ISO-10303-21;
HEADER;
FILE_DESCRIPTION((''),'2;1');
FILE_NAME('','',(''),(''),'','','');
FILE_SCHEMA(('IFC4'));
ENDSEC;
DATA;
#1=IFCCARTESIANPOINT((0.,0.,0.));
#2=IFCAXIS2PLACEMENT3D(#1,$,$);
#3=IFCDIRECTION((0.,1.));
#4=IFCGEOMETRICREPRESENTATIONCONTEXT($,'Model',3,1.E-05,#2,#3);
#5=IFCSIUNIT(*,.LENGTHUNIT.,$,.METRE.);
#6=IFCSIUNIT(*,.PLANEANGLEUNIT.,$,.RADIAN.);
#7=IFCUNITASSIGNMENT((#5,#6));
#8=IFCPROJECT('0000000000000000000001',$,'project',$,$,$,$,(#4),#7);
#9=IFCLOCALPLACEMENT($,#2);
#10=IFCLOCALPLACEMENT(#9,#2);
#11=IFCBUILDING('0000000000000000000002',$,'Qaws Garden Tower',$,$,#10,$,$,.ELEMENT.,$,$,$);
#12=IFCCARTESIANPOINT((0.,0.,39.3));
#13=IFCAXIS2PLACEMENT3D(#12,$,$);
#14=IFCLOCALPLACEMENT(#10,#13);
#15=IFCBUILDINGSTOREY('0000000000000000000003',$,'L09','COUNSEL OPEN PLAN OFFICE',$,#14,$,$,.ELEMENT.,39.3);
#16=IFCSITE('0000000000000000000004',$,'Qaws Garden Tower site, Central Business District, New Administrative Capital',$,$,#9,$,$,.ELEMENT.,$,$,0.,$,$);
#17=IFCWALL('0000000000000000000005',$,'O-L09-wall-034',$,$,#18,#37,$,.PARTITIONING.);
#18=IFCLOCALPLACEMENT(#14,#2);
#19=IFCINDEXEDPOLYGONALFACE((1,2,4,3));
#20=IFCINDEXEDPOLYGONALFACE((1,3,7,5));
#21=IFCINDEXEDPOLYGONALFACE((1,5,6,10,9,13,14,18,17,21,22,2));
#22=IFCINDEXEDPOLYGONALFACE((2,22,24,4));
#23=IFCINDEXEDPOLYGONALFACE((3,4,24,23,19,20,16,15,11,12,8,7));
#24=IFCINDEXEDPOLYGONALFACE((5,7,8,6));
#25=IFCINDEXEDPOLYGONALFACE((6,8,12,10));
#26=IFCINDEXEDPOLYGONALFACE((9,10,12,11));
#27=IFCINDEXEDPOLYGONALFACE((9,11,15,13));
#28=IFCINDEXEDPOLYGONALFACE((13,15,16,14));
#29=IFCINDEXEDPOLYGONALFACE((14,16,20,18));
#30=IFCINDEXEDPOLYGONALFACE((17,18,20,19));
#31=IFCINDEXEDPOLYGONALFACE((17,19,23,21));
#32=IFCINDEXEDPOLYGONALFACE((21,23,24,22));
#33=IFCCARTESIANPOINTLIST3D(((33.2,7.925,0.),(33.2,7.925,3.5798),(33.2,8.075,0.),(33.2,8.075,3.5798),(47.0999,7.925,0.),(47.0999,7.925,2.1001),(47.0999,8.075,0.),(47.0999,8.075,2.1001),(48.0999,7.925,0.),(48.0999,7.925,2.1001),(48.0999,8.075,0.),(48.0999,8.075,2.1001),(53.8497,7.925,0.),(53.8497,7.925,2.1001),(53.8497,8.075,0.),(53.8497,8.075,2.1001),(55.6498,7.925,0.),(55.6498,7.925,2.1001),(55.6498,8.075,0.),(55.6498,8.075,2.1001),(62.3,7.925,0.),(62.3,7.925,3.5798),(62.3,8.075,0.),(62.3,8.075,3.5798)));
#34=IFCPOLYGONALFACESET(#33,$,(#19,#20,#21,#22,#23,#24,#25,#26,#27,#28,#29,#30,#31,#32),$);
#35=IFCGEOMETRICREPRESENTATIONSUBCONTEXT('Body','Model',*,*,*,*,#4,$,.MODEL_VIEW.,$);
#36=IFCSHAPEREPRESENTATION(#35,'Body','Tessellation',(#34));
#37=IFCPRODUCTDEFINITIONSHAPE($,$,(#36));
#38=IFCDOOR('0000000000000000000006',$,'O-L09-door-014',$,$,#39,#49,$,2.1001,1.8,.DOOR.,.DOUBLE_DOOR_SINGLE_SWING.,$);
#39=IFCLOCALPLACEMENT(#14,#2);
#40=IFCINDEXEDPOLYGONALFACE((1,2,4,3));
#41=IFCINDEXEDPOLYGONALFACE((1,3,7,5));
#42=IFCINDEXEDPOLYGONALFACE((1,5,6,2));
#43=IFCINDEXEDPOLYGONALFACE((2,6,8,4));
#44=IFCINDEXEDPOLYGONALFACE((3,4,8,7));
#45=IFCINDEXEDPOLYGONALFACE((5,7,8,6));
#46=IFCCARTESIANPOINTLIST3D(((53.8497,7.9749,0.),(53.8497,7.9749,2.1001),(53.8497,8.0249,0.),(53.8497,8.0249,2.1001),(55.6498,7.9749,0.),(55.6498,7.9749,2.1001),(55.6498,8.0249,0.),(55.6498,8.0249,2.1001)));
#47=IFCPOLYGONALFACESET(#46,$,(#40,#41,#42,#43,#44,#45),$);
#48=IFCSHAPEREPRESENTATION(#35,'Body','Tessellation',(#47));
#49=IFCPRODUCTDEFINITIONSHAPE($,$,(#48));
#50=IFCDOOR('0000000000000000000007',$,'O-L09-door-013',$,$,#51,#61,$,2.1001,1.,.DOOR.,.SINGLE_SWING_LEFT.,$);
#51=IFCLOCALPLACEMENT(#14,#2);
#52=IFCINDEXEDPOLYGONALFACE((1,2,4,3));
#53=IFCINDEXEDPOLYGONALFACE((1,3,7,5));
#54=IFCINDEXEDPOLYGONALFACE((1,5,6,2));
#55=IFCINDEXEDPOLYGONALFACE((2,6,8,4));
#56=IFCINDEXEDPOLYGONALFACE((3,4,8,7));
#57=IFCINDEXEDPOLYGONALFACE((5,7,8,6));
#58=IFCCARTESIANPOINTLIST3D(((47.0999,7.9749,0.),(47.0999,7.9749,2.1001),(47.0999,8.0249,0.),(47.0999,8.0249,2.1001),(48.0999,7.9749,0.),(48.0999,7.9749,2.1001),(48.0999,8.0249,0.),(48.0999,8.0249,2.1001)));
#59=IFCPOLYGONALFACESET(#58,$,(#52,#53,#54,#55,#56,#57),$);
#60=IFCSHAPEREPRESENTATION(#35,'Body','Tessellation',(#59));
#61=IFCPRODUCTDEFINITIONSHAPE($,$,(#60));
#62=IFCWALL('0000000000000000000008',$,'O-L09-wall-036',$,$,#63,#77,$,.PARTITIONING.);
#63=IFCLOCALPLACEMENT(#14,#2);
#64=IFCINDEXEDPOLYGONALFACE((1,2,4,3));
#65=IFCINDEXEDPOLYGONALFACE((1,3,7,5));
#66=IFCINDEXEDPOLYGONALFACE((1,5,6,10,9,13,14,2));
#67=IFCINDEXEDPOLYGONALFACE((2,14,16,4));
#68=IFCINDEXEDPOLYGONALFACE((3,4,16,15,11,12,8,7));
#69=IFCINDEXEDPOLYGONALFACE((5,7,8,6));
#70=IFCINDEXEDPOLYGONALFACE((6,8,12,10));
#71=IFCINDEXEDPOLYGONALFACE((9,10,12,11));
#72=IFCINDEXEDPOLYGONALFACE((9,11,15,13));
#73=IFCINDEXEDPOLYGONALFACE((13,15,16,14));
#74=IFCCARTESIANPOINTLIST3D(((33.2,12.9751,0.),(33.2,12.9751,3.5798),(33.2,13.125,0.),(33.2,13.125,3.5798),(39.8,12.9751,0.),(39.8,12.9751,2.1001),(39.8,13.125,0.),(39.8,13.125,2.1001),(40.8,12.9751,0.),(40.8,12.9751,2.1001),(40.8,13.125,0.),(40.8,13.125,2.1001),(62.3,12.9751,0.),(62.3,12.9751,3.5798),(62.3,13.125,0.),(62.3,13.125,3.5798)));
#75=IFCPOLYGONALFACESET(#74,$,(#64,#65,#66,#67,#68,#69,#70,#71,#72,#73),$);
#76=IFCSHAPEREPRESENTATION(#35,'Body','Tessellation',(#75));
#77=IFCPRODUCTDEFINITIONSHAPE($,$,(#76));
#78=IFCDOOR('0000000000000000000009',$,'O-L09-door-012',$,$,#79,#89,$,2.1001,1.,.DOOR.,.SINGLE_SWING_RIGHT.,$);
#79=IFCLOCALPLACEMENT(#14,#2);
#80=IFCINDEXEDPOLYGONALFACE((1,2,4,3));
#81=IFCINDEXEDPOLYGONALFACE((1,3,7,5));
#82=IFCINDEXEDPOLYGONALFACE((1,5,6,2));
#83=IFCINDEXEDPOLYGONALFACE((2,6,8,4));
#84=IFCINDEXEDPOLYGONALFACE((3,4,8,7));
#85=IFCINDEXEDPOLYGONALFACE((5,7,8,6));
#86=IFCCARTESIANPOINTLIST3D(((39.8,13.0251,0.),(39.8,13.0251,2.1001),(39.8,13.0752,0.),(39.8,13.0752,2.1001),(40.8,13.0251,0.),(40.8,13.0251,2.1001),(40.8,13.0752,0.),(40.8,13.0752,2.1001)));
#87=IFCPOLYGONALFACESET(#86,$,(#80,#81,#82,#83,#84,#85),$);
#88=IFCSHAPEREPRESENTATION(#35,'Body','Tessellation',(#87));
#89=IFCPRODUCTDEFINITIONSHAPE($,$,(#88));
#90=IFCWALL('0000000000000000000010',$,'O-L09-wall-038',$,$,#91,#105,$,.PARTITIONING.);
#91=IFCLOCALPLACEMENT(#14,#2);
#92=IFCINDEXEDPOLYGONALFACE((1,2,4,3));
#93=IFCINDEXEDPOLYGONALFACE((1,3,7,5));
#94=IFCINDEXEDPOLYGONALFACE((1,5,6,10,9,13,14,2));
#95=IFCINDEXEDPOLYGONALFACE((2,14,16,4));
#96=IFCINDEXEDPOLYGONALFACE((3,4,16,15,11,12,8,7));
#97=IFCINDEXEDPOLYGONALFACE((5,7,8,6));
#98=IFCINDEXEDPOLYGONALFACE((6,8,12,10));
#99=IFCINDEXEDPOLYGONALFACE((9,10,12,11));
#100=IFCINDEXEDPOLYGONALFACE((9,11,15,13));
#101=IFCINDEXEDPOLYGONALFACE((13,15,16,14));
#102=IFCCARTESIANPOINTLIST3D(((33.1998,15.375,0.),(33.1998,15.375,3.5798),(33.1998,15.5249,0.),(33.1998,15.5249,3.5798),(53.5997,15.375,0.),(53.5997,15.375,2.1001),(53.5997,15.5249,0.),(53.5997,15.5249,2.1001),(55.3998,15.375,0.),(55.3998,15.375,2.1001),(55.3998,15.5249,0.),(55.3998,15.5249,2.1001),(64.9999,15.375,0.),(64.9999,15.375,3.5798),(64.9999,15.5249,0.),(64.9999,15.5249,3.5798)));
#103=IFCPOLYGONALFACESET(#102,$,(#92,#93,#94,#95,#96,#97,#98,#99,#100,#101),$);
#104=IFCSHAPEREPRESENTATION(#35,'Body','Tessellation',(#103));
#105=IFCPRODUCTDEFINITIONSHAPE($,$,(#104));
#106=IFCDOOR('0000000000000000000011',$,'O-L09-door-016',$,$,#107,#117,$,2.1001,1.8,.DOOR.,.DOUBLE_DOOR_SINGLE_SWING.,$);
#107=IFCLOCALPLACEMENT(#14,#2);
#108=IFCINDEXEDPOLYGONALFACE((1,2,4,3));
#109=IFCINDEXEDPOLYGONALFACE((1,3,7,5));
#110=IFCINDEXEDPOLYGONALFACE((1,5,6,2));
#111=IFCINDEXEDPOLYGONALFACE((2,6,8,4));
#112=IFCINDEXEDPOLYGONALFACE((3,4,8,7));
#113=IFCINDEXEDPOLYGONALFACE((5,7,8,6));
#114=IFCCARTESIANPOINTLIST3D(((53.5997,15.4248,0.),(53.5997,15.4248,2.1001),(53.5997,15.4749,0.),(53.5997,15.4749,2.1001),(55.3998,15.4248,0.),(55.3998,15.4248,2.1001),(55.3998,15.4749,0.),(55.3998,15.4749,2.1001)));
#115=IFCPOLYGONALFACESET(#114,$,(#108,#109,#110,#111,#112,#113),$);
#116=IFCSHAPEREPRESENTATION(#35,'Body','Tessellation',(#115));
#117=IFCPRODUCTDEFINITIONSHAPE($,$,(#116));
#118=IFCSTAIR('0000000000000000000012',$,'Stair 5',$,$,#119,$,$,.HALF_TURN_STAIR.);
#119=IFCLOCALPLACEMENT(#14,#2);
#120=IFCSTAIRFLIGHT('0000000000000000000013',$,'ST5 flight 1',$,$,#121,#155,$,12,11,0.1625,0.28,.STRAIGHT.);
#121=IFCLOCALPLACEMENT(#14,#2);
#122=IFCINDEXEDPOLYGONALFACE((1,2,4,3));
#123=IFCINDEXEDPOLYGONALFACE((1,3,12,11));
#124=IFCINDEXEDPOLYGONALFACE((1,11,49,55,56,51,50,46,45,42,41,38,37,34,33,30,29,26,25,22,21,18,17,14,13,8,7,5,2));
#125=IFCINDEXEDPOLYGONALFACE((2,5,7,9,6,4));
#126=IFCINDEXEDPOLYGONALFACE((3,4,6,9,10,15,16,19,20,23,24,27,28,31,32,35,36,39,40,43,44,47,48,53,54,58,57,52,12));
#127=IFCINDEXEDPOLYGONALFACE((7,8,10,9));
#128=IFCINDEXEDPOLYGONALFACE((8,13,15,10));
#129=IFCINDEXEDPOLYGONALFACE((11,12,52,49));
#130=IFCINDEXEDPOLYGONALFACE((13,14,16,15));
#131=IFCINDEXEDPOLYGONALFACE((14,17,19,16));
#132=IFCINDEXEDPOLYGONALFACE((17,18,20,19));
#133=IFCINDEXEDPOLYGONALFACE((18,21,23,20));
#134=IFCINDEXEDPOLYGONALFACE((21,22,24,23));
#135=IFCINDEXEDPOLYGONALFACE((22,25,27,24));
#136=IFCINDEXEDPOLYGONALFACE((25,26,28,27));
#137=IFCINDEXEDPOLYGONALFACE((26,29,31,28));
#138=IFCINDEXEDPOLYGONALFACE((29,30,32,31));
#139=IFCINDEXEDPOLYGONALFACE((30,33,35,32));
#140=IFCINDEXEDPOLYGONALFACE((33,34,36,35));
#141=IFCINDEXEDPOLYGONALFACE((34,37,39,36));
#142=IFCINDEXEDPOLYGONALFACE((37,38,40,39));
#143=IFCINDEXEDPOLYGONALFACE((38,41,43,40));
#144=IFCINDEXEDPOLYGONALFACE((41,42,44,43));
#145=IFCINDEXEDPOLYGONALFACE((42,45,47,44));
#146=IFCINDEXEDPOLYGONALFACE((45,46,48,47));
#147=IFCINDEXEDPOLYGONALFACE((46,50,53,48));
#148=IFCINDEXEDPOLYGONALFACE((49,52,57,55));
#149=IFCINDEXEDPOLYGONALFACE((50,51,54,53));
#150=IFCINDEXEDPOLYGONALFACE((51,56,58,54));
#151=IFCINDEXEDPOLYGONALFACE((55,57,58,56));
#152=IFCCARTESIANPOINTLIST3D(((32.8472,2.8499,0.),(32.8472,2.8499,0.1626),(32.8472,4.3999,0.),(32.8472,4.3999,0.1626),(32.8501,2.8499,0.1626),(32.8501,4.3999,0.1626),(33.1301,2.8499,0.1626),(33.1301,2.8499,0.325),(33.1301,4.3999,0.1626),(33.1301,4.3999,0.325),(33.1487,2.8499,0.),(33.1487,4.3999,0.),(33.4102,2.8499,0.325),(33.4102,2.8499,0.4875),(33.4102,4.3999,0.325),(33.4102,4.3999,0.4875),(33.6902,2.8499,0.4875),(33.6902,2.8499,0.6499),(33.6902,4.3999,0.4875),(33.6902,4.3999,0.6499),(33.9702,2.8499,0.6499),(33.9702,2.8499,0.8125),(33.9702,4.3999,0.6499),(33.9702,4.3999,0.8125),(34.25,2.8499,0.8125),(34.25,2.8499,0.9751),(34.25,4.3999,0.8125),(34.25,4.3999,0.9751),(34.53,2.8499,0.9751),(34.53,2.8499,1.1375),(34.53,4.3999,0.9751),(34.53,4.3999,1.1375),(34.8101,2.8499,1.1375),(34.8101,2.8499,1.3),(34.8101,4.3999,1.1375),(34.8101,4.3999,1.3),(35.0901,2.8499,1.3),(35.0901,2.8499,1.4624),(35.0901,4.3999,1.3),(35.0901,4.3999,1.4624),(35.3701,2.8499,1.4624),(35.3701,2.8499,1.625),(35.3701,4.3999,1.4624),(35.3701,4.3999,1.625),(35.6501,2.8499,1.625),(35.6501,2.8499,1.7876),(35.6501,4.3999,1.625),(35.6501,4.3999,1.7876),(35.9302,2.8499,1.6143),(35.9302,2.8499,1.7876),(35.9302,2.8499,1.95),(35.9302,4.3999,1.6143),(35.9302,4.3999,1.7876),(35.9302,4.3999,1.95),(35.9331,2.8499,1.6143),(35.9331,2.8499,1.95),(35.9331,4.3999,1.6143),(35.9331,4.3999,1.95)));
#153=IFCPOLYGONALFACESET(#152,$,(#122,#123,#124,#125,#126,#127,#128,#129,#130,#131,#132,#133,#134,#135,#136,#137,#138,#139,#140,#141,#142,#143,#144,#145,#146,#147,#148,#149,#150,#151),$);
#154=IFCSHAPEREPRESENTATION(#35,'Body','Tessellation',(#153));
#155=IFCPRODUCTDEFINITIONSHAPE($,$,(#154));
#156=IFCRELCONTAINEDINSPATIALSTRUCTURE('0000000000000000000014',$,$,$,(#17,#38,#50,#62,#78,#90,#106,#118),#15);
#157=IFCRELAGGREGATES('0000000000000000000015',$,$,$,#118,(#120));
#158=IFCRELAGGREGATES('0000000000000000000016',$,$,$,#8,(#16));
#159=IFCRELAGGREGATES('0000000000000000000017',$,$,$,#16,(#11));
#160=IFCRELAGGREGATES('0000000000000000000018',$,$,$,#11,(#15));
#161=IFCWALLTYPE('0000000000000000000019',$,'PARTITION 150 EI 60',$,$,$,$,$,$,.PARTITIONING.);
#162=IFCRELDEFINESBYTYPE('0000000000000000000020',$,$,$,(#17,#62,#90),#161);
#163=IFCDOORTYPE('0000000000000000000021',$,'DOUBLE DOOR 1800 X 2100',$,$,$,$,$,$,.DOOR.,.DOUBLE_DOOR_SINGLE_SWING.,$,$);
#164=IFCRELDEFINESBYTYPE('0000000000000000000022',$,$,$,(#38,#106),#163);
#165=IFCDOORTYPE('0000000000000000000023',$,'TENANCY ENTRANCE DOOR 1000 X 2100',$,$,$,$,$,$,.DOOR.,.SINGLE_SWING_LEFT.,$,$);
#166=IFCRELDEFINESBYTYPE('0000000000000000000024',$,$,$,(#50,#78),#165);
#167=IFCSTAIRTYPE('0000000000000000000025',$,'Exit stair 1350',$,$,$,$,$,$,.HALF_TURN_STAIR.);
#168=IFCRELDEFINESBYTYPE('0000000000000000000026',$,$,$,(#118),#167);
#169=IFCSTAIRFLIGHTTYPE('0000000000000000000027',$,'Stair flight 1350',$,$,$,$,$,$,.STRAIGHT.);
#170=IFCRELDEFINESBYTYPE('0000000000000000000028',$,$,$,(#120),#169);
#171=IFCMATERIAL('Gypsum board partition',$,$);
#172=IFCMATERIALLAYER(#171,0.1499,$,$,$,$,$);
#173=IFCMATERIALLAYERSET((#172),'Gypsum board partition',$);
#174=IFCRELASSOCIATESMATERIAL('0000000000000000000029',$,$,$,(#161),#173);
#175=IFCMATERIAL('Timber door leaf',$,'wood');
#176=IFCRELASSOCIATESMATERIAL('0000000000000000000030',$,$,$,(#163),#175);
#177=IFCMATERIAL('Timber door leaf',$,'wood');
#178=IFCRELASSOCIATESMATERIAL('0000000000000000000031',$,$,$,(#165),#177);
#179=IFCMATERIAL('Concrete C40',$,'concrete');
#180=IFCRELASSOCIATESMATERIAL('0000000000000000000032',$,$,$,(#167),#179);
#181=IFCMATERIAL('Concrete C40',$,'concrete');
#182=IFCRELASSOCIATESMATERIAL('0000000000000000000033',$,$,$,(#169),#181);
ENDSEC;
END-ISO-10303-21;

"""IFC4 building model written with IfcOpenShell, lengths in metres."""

from ifc_helpers import new_model, si_unit, direction, frame, frame_2d, origin, place, context, subcontext, project, spatial, polyline, rectangle, outline, extrude, material, layer, layer_set, type_object, element, fill, aggregate, save


model = new_model("IFC4")

# Units and contexts
model_context = context("Model", 3, precision=1e-05, world=origin(), true_north=direction((0.0, 1.0)))
body_context = subcontext(model_context, "Body", "Model", "MODEL_VIEW")
ifc_project = project(units=[si_unit("LENGTHUNIT", "METRE"), si_unit("PLANEANGLEUNIT", "RADIAN")], contexts=[model_context])

# Site, building, storey
site_placement = place(None, origin())
site = spatial("IfcSite", under=ifc_project, at=site_placement, Name="Qaws Garden Tower site, Central Business District, New Administrative Capital", CompositionType="ELEMENT", RefElevation=0.0)
building_placement = place(site_placement, origin())
building = spatial("IfcBuilding", under=site, at=building_placement, Name="Qaws Garden Tower", CompositionType="ELEMENT")
storey_placement = place(building_placement, frame((0.0, 0.0, 39.3)))
storey = spatial("IfcBuildingStorey", under=building, at=storey_placement, Name="L09", Description="COUNSEL OPEN PLAN OFFICE", CompositionType="ELEMENT", Elevation=39.3)

# Shared definitions
ifc_material_1 = material(Name="Gypsum board partition")
ifc_layer_1 = layer(ifc_material_1, 0.1499)
ifc_layer_set_1 = layer_set([ifc_layer_1], Name="Gypsum board partition")
wall_type_1 = type_object("IfcWallType", Name="PARTITION 150 EI 60", PredefinedType="PARTITIONING", material=ifc_layer_set_1)

# Shared definitions
ifc_material_2 = material(Name="Timber door leaf", Category="wood")
door_type_1 = type_object("IfcDoorType", Name="DOUBLE DOOR 1800 X 2100", OperationType="DOUBLE_DOOR_SINGLE_SWING", PredefinedType="DOOR", material=ifc_material_2)

# Wall, openings, doors
wall_1_placement = place(storey_placement, frame((33.2, 8.0, 0.0), z_axis=(0.0, 0.0, 1.0), x_axis=(1.0, 0.0, 0.0)))
wall_1 = element("IfcWall", 1, at=wall_1_placement, inside=storey, type_object=wall_type_1, Name="O-L09-wall-034", PredefinedType="PARTITIONING", context=body_context, shape_type="SweptSolid", body=[
    extrude(rectangle(XDim=29.1001, YDim=0.1499, at=frame_2d((14.55, 0.0))), origin(), (0.0, 0.0, 1.0), 3.5798),
])
opening_1_placement = place(wall_1_placement, frame((13.8999, 0.0, 0.0)))
opening_1 = element("IfcOpeningElement", 2, at=opening_1_placement, cuts=wall_1, PredefinedType="OPENING", context=body_context, shape_type="SweptSolid", body=[
    extrude(rectangle(XDim=1.0, YDim=2.1001, at=frame_2d((0.5, 1.05))), frame((0.0, 0.085, 0.0), z_axis=(0.0, -1.0, 0.0), x_axis=(1.0, 0.0, 0.0)), (0.0, 0.0, 1.0), 0.1699),
])
opening_2_placement = place(wall_1_placement, frame((20.6499, 0.0, 0.0)))
opening_2 = element("IfcOpeningElement", 3, at=opening_2_placement, cuts=wall_1, PredefinedType="OPENING", context=body_context, shape_type="SweptSolid", body=[
    extrude(rectangle(XDim=1.8, YDim=2.1001, at=frame_2d((0.8999, 1.05))), frame((0.0, 0.085, 0.0), z_axis=(0.0, -1.0, 0.0), x_axis=(1.0, 0.0, 0.0)), (0.0, 0.0, 1.0), 0.1699),
])
door_1_placement = place(opening_2_placement, origin())
door_1 = element("IfcDoor", 4, at=door_1_placement, inside=storey, type_object=door_type_1, Name="O-L09-door-014", OperationType="DOUBLE_DOOR_SINGLE_SWING", OverallHeight=2.1001, OverallWidth=1.8, PredefinedType="DOOR", context=body_context, shape_type="SweptSolid", body=[
    extrude(rectangle(XDim=1.8, YDim=2.1001, at=frame_2d((0.8999, 1.05))), frame((0.0, 0.0249, 0.0), z_axis=(0.0, -1.0, 0.0), x_axis=(1.0, 0.0, 0.0)), (0.0, 0.0, 1.0), 0.05),
])
fill(opening_2, door_1)
ifc_material_3 = material(Name="Timber door leaf", Category="wood")
door_type_2 = type_object("IfcDoorType", Name="TENANCY ENTRANCE DOOR 1000 X 2100", OperationType="SINGLE_SWING_LEFT", PredefinedType="DOOR", material=ifc_material_3)
door_2_placement = place(opening_1_placement, origin())
door_2 = element("IfcDoor", 5, at=door_2_placement, inside=storey, type_object=door_type_2, Name="O-L09-door-013", OperationType="SINGLE_SWING_LEFT", OverallHeight=2.1001, OverallWidth=1.0, PredefinedType="DOOR", context=body_context, shape_type="SweptSolid", body=[
    extrude(rectangle(XDim=1.0, YDim=2.1001, at=frame_2d((0.5, 1.05))), frame((0.0, 0.0249, 0.0), z_axis=(0.0, -1.0, 0.0), x_axis=(1.0, 0.0, 0.0)), (0.0, 0.0, 1.0), 0.05),
])
fill(opening_1, door_2)

# Walls, openings, doors
wall_2_placement = place(storey_placement, frame((33.2, 13.05, 0.0), z_axis=(0.0, 0.0, 1.0), x_axis=(1.0, 0.0, 0.0)))
wall_2 = element("IfcWall", 6, at=wall_2_placement, inside=storey, type_object=wall_type_1, Name="O-L09-wall-036", PredefinedType="PARTITIONING", context=body_context, shape_type="SweptSolid", body=[
    extrude(rectangle(XDim=29.1001, YDim=0.1499, at=frame_2d((14.55, 0.0))), origin(), (0.0, 0.0, 1.0), 3.5798),
])
opening_3_placement = place(wall_2_placement, frame((6.6001, 0.0, 0.0)))
opening_3 = element("IfcOpeningElement", 7, at=opening_3_placement, cuts=wall_2, PredefinedType="OPENING", context=body_context, shape_type="SweptSolid", body=[
    extrude(rectangle(XDim=1.0, YDim=2.1001, at=frame_2d((0.5, 1.05))), frame((0.0, 0.085, 0.0), z_axis=(0.0, -1.0, 0.0), x_axis=(1.0, 0.0, 0.0)), (0.0, 0.0, 1.0), 0.1699),
])
door_3_placement = place(opening_3_placement, frame((1.0, 0.0, 0.0), z_axis=(0.0, 0.0, 1.0), x_axis=(-1.0, 0.0, 0.0)))
door_3 = element("IfcDoor", 8, at=door_3_placement, inside=storey, type_object=door_type_2, Name="O-L09-door-012", OperationType="SINGLE_SWING_RIGHT", OverallHeight=2.1001, OverallWidth=1.0, PredefinedType="DOOR", context=body_context, shape_type="SweptSolid", body=[
    extrude(rectangle(XDim=1.0, YDim=2.1001, at=frame_2d((0.5, 1.05))), frame((0.0, 0.0249, 0.0), z_axis=(0.0, -1.0, 0.0), x_axis=(1.0, 0.0, 0.0)), (0.0, 0.0, 1.0), 0.05),
])
fill(opening_3, door_3)
wall_3_placement = place(storey_placement, frame((33.2, 15.45, 0.0), z_axis=(0.0, 0.0, 1.0), x_axis=(1.0, 0.0, 0.0)))
wall_3 = element("IfcWall", 9, at=wall_3_placement, inside=storey, type_object=wall_type_1, Name="O-L09-wall-038", PredefinedType="PARTITIONING", context=body_context, shape_type="SweptSolid", body=[
    extrude(rectangle(XDim=31.8, YDim=0.1499, at=frame_2d((15.8999, 0.0))), origin(), (0.0, 0.0, 1.0), 3.5798),
])
opening_4_placement = place(wall_3_placement, frame((20.3999, 0.0, 0.0)))
opening_4 = element("IfcOpeningElement", 10, at=opening_4_placement, cuts=wall_3, PredefinedType="OPENING", context=body_context, shape_type="SweptSolid", body=[
    extrude(rectangle(XDim=1.8, YDim=2.1001, at=frame_2d((0.8999, 1.05))), frame((0.0, 0.085, 0.0), z_axis=(0.0, -1.0, 0.0), x_axis=(1.0, 0.0, 0.0)), (0.0, 0.0, 1.0), 0.1699),
])
door_4_placement = place(opening_4_placement, origin())
door_4 = element("IfcDoor", 11, at=door_4_placement, inside=storey, type_object=door_type_1, Name="O-L09-door-016", OperationType="DOUBLE_DOOR_SINGLE_SWING", OverallHeight=2.1001, OverallWidth=1.8, PredefinedType="DOOR", context=body_context, shape_type="SweptSolid", body=[
    extrude(rectangle(XDim=1.8, YDim=2.1001, at=frame_2d((0.8999, 1.05))), frame((0.0, 0.0249, 0.0), z_axis=(0.0, -1.0, 0.0), x_axis=(1.0, 0.0, 0.0)), (0.0, 0.0, 1.0), 0.05),
])
fill(opening_4, door_4)

# Stair, stair flight
ifc_material_4 = material(Name="Concrete C40", Category="concrete")
stair_type = type_object("IfcStairType", Name="Exit stair 1350", PredefinedType="HALF_TURN_STAIR", material=ifc_material_4)
stair_placement = place(storey_placement, origin())
stair = element("IfcStair", 12, at=stair_placement, inside=storey, type_object=stair_type, Name="Stair 5", PredefinedType="HALF_TURN_STAIR")
ifc_material_5 = material(Name="Concrete C40", Category="concrete")
stair_flight_type = type_object("IfcStairFlightType", Name="Stair flight 1350", PredefinedType="STRAIGHT", material=ifc_material_5)
stair_flight_1_placement = place(storey_placement, frame((32.8501, 3.625, 0.0), z_axis=(0.0, 0.0, 1.0), x_axis=(1.0, 0.0, 0.0)))
stair_flight_1 = element("IfcStairFlight", 13, at=stair_flight_1_placement, type_object=stair_flight_type, Name="ST5 flight 1", NumberOfRisers=12, NumberOfTreads=11, PredefinedType="STRAIGHT", RiserHeight=0.1625, TreadLength=0.28, context=body_context, shape_type="SweptSolid", body=[
    extrude(outline(polyline([(-0.0029, 0.0), (-0.0029, 0.1626), (0.0, 0.1626), (0.28, 0.1626), (0.28, 0.325), (0.5601, 0.325), (0.5601, 0.4875), (0.8401, 0.4875), (0.8401, 0.6499), (1.1201, 0.6499), (1.1201, 0.8125), (1.3999, 0.8125), (1.3999, 0.9751), (1.6799, 0.9751), (1.6799, 1.1375), (1.96, 1.1375), (1.96, 1.3), (2.24, 1.3), (2.24, 1.4624), (2.52, 1.4624), (2.52, 1.625), (2.8, 1.625), (2.8, 1.7876), (3.0801, 1.7876), (3.0801, 1.95), (3.083, 1.95), (3.083, 1.6143), (3.0801, 1.6143), (0.2986, 0.0), (-0.0029, 0.0)])), frame((0.0, 0.7749, 0.0), z_axis=(0.0, -1.0, 0.0), x_axis=(1.0, 0.0, 0.0)), (0.0, 0.0, 1.0), 1.55),
])
aggregate(stair, [stair_flight_1])

save(model, "model.ifc")
